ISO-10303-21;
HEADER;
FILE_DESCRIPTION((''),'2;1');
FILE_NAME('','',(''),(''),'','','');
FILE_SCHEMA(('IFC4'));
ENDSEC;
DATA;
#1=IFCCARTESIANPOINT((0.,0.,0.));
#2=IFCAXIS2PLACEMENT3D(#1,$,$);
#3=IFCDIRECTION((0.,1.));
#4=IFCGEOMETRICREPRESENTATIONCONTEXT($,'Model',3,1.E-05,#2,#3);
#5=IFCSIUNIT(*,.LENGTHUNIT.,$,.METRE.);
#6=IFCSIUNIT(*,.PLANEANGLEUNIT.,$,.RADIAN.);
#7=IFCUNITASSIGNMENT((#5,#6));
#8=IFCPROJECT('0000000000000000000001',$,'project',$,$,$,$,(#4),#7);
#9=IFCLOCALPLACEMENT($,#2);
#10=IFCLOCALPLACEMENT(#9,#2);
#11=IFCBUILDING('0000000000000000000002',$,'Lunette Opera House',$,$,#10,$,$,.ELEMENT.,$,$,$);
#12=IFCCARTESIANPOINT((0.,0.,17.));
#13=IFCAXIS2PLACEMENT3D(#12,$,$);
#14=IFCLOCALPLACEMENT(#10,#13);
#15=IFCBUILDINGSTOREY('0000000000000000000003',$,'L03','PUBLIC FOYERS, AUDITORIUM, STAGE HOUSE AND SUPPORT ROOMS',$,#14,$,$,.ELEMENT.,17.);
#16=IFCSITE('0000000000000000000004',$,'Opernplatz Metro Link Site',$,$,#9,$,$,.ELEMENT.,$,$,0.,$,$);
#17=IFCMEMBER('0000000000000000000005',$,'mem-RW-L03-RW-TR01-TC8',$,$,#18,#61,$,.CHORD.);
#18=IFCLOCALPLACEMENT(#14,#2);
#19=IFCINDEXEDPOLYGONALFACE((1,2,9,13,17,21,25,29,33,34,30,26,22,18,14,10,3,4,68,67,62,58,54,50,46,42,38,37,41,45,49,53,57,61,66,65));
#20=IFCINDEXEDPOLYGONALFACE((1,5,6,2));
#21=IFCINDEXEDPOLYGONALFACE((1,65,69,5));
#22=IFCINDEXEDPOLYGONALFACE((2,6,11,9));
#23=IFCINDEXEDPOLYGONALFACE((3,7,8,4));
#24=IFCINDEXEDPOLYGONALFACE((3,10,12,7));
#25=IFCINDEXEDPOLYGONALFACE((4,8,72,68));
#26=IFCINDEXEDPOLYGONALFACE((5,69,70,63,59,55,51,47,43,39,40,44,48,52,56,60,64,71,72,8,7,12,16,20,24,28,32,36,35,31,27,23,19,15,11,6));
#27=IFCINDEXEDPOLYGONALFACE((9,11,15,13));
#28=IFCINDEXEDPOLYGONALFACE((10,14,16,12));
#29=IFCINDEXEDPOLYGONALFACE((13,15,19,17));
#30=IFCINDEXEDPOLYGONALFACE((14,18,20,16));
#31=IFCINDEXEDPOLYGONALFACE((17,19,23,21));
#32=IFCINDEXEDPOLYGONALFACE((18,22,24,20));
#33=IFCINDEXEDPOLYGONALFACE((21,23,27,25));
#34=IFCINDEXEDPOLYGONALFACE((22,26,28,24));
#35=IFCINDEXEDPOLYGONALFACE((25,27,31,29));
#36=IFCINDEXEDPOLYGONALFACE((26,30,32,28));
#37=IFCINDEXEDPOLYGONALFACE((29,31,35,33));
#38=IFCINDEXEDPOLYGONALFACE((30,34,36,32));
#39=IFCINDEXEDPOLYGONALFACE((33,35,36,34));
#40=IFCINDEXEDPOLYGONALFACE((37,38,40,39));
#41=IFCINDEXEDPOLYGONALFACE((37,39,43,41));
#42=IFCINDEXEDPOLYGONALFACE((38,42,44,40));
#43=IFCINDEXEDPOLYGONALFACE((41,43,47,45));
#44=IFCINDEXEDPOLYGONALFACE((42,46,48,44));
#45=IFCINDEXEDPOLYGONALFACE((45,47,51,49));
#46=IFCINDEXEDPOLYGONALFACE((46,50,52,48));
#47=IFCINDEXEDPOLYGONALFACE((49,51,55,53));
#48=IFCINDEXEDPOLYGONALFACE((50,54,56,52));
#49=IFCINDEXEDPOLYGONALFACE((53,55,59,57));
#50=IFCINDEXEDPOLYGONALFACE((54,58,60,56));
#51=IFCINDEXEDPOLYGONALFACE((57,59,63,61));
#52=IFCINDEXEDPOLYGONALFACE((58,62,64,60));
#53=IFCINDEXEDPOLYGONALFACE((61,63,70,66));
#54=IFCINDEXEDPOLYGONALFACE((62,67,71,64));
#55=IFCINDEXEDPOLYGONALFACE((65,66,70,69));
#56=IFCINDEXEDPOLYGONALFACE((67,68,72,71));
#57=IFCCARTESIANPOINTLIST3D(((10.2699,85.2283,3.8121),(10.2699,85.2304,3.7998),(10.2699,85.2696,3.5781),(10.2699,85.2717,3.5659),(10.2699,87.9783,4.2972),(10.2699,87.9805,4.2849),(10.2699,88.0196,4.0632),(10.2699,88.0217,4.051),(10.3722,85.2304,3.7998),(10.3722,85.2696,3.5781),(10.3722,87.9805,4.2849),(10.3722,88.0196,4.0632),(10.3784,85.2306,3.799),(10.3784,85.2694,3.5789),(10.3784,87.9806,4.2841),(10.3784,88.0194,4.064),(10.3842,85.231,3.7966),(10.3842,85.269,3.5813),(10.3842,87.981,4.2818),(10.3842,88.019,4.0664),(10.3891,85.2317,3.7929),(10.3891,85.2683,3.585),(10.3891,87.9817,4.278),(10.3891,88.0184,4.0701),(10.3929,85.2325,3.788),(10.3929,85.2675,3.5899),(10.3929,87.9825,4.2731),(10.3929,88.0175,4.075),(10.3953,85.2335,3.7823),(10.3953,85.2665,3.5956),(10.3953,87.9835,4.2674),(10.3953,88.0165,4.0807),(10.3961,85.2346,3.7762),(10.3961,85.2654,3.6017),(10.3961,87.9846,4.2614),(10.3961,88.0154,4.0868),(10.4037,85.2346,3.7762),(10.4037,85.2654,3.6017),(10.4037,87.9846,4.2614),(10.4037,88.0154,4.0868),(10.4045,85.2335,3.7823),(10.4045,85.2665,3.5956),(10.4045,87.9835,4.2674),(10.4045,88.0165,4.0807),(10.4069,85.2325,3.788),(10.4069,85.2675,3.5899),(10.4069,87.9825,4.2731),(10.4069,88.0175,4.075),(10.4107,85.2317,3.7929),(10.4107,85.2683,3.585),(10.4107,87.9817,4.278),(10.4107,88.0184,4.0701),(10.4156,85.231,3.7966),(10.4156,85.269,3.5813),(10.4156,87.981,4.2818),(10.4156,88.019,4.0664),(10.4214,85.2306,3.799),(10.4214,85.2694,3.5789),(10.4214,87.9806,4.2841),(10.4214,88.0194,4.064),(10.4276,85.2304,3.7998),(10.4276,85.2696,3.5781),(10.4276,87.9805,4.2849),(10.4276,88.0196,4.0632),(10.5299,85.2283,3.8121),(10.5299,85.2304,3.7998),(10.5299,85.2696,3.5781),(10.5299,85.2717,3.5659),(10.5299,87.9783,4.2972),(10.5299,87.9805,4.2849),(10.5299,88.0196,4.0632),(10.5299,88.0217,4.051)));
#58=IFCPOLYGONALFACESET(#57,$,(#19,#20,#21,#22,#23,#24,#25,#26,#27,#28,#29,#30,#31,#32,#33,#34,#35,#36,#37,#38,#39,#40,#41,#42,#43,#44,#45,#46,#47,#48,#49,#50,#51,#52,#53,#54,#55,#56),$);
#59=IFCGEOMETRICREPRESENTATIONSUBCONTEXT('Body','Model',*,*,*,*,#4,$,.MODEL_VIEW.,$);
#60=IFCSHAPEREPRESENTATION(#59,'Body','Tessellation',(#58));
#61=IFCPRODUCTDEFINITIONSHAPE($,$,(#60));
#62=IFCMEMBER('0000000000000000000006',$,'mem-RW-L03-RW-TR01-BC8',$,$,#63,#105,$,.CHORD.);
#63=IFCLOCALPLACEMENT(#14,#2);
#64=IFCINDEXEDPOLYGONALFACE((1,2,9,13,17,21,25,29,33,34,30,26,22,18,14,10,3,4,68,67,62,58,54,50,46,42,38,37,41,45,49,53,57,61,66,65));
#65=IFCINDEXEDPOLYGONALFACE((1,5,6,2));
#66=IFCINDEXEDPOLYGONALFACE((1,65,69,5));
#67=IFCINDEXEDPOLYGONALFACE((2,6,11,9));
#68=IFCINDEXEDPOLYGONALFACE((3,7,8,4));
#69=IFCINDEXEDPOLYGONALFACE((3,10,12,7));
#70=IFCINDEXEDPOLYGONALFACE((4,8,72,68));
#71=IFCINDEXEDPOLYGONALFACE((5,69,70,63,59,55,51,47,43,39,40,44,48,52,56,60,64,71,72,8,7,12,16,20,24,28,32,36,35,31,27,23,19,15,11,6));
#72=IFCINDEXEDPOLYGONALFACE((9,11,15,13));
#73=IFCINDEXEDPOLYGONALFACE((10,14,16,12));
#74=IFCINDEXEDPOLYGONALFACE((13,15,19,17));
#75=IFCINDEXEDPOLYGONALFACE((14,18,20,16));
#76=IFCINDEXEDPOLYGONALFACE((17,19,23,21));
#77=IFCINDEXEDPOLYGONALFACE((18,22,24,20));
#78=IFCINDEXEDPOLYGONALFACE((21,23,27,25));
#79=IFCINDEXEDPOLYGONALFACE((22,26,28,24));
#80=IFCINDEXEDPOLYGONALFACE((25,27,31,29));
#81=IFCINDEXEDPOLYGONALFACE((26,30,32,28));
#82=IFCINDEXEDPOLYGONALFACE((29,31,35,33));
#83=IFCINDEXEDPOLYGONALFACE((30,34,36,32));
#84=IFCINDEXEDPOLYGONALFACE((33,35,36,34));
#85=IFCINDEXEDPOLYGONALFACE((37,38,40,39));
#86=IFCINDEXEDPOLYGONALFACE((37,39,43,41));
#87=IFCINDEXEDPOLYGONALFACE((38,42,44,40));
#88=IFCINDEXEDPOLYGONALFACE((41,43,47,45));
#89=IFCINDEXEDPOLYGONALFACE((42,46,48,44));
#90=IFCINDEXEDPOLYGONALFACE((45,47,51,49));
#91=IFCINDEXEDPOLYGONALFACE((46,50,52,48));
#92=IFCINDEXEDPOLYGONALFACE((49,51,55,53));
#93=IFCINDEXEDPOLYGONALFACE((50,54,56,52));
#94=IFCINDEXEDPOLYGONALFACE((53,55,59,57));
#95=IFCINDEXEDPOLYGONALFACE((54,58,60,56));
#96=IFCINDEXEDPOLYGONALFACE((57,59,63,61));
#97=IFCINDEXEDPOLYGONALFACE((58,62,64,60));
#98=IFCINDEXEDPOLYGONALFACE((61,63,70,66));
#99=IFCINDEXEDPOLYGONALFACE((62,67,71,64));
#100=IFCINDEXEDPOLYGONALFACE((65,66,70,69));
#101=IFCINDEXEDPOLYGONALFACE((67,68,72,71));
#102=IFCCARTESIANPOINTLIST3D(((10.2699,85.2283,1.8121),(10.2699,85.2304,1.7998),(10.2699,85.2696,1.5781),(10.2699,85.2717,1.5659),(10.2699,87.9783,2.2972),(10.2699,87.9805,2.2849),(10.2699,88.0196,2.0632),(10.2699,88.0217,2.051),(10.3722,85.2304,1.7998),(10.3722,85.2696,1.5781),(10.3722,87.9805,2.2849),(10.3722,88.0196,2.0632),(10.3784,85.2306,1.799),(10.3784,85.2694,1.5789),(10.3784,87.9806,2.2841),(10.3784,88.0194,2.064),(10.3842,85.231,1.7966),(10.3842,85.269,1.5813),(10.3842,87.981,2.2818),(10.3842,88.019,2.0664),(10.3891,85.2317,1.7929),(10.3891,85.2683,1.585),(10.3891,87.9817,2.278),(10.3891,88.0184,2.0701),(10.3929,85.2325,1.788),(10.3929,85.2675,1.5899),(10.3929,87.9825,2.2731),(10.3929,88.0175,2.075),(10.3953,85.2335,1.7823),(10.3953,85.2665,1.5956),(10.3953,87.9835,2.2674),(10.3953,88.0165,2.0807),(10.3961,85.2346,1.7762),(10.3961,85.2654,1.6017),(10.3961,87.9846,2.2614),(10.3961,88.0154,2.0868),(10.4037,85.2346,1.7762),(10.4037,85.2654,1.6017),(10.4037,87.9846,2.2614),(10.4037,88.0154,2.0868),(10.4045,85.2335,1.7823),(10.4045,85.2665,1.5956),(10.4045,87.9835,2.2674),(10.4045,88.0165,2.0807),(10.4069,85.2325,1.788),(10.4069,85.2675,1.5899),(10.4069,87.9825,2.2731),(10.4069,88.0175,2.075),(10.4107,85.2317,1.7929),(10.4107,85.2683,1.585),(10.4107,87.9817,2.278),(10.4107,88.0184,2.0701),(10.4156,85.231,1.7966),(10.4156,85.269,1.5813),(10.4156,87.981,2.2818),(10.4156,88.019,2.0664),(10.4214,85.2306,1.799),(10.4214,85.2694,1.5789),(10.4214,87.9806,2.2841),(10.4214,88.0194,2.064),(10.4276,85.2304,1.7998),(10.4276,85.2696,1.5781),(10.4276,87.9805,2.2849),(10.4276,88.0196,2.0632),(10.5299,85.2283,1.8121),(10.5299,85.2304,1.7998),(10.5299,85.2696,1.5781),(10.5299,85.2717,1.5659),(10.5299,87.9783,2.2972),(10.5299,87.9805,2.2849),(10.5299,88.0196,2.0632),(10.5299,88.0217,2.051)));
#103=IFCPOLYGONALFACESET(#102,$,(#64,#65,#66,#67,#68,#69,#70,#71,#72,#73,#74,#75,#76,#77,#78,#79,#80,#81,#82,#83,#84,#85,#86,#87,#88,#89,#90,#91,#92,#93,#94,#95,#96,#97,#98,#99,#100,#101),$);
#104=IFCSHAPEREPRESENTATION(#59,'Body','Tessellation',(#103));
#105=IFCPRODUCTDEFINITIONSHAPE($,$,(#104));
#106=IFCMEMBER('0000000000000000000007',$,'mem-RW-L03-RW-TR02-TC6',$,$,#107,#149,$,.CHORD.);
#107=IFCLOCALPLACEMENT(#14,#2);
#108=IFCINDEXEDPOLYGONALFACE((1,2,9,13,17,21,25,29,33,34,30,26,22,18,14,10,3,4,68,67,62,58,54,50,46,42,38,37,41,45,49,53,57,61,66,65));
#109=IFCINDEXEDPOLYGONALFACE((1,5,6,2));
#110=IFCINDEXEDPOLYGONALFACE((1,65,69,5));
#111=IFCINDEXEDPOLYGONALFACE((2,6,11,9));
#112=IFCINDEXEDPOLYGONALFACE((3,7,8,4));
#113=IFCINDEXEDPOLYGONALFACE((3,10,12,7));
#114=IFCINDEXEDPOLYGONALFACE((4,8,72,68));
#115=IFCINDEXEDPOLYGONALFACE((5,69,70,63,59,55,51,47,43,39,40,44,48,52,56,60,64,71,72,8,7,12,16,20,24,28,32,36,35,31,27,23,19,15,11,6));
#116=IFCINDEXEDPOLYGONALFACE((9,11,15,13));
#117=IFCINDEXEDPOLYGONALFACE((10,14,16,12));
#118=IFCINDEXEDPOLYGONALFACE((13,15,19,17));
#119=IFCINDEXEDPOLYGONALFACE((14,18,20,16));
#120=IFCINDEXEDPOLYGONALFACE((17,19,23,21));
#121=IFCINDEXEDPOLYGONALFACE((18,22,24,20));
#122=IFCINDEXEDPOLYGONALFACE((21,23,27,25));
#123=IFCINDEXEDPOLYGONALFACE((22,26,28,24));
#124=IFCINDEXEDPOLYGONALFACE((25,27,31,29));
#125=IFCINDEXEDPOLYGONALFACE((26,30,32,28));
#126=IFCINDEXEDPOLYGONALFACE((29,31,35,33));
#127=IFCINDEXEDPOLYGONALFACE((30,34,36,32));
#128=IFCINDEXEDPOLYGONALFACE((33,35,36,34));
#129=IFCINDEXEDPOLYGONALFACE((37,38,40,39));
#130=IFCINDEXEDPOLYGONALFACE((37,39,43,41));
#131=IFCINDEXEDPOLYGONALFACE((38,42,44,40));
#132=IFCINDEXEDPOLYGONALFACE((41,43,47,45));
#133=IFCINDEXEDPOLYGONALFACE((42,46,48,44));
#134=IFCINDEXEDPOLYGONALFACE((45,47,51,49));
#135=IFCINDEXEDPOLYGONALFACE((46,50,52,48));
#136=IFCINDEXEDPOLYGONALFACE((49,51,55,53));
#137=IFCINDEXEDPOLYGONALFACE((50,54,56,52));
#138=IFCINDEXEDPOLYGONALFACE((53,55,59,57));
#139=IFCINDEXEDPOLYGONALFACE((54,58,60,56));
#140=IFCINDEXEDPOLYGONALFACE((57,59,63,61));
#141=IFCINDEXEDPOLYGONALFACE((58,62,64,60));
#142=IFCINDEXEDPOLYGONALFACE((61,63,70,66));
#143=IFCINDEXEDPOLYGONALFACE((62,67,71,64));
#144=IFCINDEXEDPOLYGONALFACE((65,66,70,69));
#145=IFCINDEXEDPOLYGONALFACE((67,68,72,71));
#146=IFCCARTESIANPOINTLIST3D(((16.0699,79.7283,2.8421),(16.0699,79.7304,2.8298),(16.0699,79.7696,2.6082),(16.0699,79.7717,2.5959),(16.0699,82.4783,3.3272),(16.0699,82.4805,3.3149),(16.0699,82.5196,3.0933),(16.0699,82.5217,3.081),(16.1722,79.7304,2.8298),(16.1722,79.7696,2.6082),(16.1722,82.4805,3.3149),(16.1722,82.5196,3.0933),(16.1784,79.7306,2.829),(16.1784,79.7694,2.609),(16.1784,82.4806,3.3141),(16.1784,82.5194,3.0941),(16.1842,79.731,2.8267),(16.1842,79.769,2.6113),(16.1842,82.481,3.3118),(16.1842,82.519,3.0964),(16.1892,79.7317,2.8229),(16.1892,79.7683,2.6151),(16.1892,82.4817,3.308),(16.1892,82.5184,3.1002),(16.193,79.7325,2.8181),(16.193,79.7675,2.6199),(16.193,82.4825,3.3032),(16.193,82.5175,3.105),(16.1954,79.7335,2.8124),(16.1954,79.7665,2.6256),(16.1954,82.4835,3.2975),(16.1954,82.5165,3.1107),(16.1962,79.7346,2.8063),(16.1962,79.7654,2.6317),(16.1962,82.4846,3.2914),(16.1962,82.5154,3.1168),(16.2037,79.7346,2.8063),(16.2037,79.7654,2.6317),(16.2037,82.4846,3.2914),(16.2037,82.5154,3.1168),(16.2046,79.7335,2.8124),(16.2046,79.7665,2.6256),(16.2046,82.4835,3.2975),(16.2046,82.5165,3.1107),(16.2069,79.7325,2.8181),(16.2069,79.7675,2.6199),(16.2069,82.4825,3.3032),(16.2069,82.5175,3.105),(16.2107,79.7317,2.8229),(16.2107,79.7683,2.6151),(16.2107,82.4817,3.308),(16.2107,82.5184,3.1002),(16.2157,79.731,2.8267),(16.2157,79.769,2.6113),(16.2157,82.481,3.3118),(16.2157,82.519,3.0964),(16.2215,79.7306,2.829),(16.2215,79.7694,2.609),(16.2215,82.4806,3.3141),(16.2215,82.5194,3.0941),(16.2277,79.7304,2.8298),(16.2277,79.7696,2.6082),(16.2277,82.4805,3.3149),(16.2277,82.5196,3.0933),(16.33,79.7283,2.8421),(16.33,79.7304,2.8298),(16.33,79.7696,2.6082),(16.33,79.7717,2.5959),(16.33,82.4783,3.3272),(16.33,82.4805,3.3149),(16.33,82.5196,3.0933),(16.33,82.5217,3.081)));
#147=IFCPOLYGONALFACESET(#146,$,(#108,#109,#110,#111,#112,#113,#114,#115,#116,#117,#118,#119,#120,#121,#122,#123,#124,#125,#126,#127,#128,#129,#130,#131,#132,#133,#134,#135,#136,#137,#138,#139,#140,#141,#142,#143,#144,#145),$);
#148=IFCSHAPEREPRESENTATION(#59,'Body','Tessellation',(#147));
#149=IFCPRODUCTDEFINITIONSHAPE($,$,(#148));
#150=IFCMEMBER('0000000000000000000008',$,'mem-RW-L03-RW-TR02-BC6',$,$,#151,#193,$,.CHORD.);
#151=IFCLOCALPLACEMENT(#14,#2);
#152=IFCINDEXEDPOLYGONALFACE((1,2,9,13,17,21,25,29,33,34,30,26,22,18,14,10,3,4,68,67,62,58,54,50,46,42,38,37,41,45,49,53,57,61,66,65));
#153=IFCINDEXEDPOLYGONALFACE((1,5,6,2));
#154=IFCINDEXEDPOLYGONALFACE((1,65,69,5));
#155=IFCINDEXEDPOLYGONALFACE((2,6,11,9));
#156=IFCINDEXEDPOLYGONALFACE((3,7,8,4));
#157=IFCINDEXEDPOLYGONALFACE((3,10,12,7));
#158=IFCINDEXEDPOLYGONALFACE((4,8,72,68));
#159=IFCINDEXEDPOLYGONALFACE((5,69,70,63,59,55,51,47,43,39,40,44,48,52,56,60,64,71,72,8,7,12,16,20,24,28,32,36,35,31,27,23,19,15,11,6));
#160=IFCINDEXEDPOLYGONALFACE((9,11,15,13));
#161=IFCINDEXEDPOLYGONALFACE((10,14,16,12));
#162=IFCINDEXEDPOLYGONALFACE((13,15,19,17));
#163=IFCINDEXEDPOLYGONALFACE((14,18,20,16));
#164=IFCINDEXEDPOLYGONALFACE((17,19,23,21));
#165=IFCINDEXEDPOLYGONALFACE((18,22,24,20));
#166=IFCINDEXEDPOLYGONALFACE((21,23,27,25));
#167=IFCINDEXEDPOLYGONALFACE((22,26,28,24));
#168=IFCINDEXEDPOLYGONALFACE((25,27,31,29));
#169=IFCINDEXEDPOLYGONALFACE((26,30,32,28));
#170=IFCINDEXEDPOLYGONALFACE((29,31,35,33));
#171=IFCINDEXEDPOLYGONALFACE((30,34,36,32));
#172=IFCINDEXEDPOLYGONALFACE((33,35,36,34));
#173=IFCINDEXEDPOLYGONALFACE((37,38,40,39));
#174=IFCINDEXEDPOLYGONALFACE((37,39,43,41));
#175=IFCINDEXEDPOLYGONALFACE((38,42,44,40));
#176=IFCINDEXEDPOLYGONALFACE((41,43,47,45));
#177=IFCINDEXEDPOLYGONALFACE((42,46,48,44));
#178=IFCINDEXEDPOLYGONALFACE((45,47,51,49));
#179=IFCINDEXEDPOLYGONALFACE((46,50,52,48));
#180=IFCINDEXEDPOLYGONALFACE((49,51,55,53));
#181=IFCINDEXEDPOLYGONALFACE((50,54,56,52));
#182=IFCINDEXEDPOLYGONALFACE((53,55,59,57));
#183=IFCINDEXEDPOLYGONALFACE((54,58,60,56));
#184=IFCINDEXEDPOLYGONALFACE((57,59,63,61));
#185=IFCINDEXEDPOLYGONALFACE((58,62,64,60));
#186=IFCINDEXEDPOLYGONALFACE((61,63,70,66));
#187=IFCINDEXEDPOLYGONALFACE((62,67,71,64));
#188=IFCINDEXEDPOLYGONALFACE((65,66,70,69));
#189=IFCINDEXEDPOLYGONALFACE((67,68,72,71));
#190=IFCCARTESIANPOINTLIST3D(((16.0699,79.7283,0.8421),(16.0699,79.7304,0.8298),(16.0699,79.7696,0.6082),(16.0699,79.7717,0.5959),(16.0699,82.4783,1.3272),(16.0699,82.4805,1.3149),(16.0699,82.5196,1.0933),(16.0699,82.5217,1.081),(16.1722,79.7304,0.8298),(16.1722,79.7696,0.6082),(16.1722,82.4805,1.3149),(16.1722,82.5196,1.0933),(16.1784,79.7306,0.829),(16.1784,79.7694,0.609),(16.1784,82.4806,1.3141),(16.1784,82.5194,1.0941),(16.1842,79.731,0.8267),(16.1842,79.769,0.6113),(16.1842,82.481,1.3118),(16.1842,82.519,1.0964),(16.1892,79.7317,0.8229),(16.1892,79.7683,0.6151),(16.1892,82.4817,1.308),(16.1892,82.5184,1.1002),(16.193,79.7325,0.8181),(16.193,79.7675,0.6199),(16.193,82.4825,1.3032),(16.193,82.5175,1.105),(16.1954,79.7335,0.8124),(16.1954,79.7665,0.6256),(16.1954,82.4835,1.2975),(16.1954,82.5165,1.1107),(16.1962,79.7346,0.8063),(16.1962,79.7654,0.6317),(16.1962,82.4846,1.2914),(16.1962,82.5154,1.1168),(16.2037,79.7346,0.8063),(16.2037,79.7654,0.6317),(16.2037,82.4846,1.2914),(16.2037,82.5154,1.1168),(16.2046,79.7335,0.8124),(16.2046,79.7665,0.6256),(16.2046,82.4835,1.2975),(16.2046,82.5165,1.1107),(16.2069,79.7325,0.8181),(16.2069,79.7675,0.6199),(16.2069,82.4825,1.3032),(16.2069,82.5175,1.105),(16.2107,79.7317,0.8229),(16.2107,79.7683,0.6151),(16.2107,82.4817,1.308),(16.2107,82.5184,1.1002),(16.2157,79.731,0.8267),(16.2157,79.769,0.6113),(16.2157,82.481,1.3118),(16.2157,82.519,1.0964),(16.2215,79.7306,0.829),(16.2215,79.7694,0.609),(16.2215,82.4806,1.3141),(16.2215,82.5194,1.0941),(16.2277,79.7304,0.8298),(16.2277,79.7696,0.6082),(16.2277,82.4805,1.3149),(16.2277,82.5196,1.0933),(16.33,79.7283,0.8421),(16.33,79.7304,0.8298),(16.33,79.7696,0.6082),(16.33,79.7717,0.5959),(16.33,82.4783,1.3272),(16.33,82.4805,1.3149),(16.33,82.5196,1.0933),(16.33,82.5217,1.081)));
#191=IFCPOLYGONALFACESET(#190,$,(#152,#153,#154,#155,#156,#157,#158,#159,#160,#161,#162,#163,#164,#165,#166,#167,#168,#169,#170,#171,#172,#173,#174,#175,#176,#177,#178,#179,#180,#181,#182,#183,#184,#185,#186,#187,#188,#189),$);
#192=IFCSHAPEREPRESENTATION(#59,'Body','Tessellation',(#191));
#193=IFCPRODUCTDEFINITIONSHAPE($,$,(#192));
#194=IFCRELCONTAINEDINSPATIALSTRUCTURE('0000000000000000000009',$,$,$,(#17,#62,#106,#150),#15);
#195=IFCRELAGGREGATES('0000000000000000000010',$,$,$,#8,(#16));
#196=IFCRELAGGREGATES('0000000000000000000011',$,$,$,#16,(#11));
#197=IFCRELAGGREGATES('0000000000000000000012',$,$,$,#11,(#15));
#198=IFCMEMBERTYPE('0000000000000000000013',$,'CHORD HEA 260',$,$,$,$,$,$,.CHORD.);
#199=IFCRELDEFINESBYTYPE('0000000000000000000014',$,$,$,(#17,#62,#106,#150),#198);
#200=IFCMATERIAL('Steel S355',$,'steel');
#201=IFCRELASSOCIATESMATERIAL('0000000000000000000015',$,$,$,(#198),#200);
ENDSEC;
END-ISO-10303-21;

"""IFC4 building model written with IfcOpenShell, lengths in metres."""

from ifc_helpers import new_model, si_unit, direction, frame, origin, origin_2d, place, context, subcontext, project, spatial, i_section, extrude, material, material_profile, profile_set, type_object, element, save


model = new_model("IFC4")

# Units and contexts
model_context = context("Model", 3, precision=1e-05, world=origin(), true_north=direction((0.0, 1.0)))
body_context = subcontext(model_context, "Body", "Model", "MODEL_VIEW")
ifc_project = project(units=[si_unit("LENGTHUNIT", "METRE"), si_unit("PLANEANGLEUNIT", "RADIAN")], contexts=[model_context])

# Site, building, storey
site_placement = place(None, origin())
site = spatial("IfcSite", under=ifc_project, at=site_placement, Name="Opernplatz Metro Link Site", CompositionType="ELEMENT", RefElevation=0.0)
building_placement = place(site_placement, origin())
building = spatial("IfcBuilding", under=site, at=building_placement, Name="Lunette Opera House", CompositionType="ELEMENT")
storey_placement = place(building_placement, frame((0.0, 0.0, 17.0)))
storey = spatial("IfcBuildingStorey", under=building, at=storey_placement, Name="L03", Description="PUBLIC FOYERS, AUDITORIUM, STAGE HOUSE AND SUPPORT ROOMS", CompositionType="ELEMENT", Elevation=17.0)

# Members
ifc_material_1 = material(Name="Steel S355", Category="steel")
ifc_material_profile_1 = material_profile(ifc_material_1, i_section(OverallWidth=0.26, OverallDepth=0.25, WebThickness=0.0076, FlangeThickness=0.0125, FilletRadius=0.0239, at=origin_2d()), Name="HEA 260")
ifc_profile_set_1 = profile_set([ifc_material_profile_1], Name="Steel S355")
member_type_1 = type_object("IfcMemberType", Name="CHORD HEA 260", PredefinedType="CHORD", material=ifc_profile_set_1)
for number, where, z_axis, x_axis, name in (
    (1, (10.3999, 85.25, 3.689), (0.0, 0.984795, 0.17372), (-1.0, 0.0, 0.0), "mem-RW-L03-RW-TR01-TC8"),
    (2, (10.3999, 85.25, 1.689), (0.0, 0.984795, 0.17372), (-1.0, 0.0, 0.0), "mem-RW-L03-RW-TR01-BC8"),
    (3, (16.2, 79.75, 2.719), (0.0, 0.984795, 0.17372), (-1.0, 0.0, 0.0), "mem-RW-L03-RW-TR02-TC6"),
    (4, (16.2, 79.75, 0.719), (0.0, 0.984795, 0.17372), (-1.0, 0.0, 0.0), "mem-RW-L03-RW-TR02-BC6"),
):
    element("IfcMember", number, at=place(storey_placement, frame(where, z_axis=z_axis, x_axis=x_axis)), inside=storey, type_object=member_type_1, Name=name, PredefinedType="CHORD", context=body_context, shape_type="SweptSolid", body=[
        extrude(i_section(OverallWidth=0.26, OverallDepth=0.25, WebThickness=0.0076, FlangeThickness=0.0125, FilletRadius=0.0239, at=origin_2d()), origin(), (0.0, 0.0, 1.0), 2.7925),
    ])

save(model, "model.ifc")
